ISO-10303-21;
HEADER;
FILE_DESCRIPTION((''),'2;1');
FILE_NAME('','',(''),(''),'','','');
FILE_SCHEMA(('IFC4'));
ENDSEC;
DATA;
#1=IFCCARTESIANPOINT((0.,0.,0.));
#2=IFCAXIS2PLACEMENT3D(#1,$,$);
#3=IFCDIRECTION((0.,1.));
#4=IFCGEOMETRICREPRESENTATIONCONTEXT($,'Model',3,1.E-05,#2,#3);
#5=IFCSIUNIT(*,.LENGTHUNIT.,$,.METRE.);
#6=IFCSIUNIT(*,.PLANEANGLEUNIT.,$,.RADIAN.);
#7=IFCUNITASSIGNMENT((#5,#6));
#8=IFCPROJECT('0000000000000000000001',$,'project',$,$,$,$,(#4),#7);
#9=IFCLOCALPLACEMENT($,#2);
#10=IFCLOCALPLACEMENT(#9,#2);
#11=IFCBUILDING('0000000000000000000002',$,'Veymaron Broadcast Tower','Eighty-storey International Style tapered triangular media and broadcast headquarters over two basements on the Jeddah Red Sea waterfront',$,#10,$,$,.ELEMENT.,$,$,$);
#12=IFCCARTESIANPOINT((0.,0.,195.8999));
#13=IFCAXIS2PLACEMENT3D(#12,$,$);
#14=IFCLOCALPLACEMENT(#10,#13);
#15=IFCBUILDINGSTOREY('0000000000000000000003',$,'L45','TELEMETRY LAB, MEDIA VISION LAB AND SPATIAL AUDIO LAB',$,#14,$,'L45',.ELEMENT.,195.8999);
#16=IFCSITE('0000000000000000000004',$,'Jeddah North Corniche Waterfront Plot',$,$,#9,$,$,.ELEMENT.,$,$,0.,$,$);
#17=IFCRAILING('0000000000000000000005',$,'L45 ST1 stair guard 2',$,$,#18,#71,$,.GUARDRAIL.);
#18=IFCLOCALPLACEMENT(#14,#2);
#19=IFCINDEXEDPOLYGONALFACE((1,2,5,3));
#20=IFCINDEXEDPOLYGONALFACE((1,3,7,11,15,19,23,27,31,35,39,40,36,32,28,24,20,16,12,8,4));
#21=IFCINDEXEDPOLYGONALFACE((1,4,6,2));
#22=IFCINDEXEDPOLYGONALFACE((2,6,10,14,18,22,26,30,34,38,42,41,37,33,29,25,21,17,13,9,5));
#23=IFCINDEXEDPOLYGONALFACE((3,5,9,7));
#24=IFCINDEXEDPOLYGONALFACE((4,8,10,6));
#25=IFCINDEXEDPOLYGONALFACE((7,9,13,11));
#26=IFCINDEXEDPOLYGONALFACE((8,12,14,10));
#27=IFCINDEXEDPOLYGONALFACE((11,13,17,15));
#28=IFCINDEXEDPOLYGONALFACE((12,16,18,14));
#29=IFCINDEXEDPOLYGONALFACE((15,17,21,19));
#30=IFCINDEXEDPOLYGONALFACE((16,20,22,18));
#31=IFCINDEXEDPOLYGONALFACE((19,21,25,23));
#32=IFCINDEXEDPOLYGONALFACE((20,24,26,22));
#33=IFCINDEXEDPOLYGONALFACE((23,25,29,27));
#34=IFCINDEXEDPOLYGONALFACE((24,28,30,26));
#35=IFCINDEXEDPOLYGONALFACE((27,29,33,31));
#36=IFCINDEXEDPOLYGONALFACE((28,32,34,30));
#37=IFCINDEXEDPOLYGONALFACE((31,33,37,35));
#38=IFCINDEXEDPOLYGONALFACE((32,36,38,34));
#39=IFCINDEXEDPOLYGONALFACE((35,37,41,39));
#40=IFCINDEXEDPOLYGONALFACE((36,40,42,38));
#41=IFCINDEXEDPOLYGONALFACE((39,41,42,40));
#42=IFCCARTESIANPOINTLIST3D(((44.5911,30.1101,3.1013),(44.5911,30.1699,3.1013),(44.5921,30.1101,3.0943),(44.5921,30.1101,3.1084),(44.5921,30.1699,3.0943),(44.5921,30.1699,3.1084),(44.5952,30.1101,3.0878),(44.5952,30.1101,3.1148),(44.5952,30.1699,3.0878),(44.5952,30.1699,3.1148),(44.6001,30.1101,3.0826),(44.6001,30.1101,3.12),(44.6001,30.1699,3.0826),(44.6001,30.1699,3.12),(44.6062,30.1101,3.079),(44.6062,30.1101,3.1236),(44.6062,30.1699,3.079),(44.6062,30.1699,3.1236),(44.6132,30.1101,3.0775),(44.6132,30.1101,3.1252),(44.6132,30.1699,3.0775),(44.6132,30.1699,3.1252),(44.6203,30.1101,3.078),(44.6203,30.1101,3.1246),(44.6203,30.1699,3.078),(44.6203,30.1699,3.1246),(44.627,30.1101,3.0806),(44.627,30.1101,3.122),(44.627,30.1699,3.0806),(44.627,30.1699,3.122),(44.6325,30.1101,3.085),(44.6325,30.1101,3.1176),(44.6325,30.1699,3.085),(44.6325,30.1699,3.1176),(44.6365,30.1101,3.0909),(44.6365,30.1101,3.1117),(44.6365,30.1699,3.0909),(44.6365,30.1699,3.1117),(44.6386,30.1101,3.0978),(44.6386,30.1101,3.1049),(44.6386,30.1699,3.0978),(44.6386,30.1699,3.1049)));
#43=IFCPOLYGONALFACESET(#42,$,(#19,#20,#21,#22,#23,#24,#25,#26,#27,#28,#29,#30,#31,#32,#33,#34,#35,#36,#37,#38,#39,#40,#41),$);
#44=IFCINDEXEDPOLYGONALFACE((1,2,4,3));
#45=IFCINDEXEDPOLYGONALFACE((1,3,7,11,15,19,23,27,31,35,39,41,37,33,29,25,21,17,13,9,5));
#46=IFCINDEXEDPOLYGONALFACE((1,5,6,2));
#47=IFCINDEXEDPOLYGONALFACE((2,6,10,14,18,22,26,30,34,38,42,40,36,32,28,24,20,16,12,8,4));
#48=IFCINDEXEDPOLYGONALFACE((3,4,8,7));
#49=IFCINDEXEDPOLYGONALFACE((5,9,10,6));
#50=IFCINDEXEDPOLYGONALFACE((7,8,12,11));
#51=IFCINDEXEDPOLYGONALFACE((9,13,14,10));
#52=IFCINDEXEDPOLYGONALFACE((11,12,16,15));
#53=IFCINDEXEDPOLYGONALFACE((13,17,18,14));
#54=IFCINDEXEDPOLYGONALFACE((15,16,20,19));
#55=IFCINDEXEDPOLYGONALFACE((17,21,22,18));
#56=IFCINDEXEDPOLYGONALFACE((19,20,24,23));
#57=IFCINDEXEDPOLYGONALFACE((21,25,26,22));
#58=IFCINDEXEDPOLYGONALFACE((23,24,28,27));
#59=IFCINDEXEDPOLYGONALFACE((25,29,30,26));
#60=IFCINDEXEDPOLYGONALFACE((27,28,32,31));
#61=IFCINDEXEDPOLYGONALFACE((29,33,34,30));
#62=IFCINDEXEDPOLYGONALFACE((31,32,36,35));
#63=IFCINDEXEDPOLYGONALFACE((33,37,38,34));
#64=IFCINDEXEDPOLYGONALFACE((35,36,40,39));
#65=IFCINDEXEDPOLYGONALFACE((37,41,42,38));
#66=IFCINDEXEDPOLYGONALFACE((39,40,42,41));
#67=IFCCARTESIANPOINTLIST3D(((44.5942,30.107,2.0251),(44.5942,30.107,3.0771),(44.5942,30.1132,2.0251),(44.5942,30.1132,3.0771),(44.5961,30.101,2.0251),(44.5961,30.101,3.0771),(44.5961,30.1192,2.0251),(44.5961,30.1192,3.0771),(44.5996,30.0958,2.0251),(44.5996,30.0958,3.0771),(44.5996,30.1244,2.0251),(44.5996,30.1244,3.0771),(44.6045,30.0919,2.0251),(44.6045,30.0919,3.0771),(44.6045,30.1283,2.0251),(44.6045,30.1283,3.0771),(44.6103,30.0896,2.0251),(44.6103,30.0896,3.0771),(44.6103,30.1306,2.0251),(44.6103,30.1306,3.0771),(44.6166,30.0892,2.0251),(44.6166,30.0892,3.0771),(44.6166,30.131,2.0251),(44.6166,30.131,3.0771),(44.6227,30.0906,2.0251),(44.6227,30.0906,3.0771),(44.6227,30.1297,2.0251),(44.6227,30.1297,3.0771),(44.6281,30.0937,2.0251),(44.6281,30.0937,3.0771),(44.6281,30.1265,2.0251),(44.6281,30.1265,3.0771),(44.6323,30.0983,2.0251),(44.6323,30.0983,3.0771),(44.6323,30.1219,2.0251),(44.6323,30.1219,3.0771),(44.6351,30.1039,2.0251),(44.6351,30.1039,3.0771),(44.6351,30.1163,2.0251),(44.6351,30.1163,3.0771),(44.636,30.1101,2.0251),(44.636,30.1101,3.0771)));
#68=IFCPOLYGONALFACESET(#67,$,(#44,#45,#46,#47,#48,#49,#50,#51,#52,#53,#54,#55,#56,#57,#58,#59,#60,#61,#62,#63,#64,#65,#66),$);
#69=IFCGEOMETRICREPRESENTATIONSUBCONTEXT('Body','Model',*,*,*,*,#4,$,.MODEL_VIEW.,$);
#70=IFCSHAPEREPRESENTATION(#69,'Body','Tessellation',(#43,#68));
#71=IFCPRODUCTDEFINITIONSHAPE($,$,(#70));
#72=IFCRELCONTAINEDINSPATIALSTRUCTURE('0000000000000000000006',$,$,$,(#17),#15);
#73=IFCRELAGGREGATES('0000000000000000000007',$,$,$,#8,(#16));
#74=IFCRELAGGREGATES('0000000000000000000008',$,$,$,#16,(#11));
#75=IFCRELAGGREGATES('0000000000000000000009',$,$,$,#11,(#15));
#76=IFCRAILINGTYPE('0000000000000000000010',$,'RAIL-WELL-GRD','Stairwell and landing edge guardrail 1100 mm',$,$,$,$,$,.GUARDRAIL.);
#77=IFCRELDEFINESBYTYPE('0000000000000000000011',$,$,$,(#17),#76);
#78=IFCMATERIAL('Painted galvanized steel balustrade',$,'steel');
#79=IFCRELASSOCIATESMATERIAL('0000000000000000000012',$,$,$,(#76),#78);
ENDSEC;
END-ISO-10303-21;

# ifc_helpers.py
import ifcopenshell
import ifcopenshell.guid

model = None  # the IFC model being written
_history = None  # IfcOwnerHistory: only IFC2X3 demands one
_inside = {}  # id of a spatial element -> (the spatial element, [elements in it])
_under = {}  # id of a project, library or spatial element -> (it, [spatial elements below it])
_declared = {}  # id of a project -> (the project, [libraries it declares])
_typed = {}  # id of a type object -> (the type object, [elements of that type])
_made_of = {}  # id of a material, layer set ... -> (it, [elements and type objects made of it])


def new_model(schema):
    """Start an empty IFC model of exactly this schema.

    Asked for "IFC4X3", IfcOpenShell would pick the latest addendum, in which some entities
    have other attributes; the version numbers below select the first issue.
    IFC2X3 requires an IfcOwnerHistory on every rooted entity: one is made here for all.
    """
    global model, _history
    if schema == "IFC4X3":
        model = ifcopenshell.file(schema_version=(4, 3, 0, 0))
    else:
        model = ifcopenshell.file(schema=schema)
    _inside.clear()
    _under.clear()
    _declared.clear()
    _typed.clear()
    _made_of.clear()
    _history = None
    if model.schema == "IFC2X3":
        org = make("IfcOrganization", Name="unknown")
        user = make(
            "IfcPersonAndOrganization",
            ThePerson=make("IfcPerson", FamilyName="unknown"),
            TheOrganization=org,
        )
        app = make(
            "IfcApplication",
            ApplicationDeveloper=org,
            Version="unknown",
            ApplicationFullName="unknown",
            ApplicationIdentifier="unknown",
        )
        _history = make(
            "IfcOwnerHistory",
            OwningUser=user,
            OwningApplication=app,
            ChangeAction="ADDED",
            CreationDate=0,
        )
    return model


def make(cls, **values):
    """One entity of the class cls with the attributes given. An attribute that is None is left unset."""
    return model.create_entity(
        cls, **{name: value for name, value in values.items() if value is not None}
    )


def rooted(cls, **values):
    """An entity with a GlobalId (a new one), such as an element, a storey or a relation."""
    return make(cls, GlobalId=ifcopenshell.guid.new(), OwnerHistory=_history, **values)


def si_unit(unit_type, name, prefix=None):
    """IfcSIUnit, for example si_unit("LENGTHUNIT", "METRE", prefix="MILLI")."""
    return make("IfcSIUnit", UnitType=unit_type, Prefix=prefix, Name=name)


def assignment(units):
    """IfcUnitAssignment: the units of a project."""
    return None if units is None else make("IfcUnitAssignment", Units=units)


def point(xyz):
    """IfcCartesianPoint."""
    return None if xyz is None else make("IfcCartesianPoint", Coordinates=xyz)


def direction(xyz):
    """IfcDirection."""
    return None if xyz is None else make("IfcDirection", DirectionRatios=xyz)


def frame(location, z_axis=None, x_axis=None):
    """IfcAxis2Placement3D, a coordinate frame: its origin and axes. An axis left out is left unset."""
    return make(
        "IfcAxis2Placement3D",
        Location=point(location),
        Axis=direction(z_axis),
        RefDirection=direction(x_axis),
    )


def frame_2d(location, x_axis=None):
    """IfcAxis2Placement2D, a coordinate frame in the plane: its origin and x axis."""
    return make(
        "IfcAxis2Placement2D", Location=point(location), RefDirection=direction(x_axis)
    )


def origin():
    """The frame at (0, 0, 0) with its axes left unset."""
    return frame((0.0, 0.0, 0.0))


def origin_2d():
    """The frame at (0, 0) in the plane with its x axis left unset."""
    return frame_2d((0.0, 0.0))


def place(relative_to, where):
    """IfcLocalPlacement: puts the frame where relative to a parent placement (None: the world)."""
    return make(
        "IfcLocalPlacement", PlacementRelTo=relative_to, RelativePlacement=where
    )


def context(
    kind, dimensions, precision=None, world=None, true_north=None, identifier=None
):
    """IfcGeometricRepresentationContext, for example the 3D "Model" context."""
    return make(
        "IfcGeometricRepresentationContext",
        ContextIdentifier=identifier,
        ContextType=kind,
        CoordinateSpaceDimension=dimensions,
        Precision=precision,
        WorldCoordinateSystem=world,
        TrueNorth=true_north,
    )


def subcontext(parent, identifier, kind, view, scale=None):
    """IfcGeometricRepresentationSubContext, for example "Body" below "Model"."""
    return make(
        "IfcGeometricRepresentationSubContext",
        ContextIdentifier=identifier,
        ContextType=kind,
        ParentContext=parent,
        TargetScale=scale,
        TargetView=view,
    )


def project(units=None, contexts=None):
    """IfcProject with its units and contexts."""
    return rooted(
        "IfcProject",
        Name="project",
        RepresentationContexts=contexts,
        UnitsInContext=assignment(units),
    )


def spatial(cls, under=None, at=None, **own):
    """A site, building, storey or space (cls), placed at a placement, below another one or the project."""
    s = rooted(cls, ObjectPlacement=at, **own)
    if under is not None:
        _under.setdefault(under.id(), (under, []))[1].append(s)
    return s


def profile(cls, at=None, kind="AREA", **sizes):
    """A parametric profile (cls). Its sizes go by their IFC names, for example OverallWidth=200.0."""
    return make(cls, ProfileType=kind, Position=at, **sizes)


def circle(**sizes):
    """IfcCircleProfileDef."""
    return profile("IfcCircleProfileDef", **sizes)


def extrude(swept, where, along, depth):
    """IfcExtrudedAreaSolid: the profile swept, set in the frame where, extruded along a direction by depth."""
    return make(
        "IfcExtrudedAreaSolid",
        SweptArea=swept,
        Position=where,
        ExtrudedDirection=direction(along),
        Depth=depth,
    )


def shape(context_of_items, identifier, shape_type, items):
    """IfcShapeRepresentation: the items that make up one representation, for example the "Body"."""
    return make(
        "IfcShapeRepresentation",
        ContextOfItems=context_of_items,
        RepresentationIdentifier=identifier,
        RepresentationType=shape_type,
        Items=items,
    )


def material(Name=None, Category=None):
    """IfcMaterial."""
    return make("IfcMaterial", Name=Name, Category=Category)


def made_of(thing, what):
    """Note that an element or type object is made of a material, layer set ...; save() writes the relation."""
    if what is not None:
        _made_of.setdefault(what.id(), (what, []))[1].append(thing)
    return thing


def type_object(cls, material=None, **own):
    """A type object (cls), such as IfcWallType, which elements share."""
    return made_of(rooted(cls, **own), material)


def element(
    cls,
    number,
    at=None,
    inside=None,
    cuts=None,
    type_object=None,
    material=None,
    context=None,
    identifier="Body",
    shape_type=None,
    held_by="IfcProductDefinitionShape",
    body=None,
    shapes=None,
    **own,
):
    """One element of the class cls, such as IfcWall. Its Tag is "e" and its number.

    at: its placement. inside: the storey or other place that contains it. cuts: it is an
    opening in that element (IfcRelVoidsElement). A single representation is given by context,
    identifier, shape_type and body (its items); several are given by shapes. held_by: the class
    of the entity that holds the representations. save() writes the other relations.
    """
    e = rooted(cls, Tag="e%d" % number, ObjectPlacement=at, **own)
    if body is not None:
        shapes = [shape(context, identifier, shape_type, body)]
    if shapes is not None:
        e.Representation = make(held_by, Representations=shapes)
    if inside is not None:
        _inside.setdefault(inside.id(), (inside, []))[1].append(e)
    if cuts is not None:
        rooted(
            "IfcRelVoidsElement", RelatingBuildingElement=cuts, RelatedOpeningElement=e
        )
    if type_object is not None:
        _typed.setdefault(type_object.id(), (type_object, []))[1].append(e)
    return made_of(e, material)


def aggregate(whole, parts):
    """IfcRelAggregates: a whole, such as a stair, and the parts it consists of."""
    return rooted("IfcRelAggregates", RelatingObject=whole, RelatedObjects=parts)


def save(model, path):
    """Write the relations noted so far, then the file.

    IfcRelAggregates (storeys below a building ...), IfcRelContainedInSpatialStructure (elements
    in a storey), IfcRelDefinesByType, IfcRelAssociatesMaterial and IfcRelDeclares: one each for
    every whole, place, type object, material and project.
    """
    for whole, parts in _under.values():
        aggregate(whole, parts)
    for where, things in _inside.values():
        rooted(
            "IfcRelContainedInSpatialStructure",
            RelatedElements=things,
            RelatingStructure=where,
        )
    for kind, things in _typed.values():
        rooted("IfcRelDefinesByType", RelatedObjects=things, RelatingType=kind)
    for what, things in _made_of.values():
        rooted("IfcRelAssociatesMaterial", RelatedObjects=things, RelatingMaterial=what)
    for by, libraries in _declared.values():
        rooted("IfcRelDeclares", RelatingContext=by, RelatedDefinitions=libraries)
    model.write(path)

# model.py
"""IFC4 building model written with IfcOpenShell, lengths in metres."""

from ifc_helpers import new_model, si_unit, direction, frame, origin, origin_2d, place, context, subcontext, project, spatial, circle, extrude, material, type_object, element, save


model = new_model("IFC4")

# Units and contexts
model_context = context("Model", 3, precision=1e-05, world=origin(), true_north=direction((0.0, 1.0)))
body_context = subcontext(model_context, "Body", "Model", "MODEL_VIEW")
ifc_project = project(units=[si_unit("LENGTHUNIT", "METRE"), si_unit("PLANEANGLEUNIT", "RADIAN")], contexts=[model_context])

# Site, building, storey
site_placement = place(None, origin())
site = spatial("IfcSite", under=ifc_project, at=site_placement, Name="Jeddah North Corniche Waterfront Plot", CompositionType="ELEMENT", RefElevation=0.0)
building_placement = place(site_placement, origin())
building = spatial("IfcBuilding", under=site, at=building_placement, Name="Veymaron Broadcast Tower", Description="Eighty-storey International Style tapered triangular media and broadcast headquarters over two basements on the Jeddah Red Sea waterfront", CompositionType="ELEMENT")
storey_placement = place(building_placement, frame((0.0, 0.0, 195.8999)))
storey = spatial("IfcBuildingStorey", under=building, at=storey_placement, Name="L45", Description="TELEMETRY LAB, MEDIA VISION LAB AND SPATIAL AUDIO LAB", LongName="L45", CompositionType="ELEMENT", Elevation=195.8999)

# Railing
ifc_material_1 = material(Name="Painted galvanized steel balustrade", Category="steel")
railing_type_1 = type_object("IfcRailingType", Name="RAIL-WELL-GRD", Description="Stairwell and landing edge guardrail 1100 mm", PredefinedType="GUARDRAIL", material=ifc_material_1)
railing_1_placement = place(storey_placement, frame((44.615, 30.1101, 2.0251)))
element("IfcRailing", 1, at=railing_1_placement, inside=storey, type_object=railing_type_1, Name="L45 ST1 stair guard 2", PredefinedType="GUARDRAIL", context=body_context, shape_type="SweptSolid", body=[
    extrude(circle(Radius=0.0239, at=origin_2d()), frame((0.0, 0.0, 1.0762), z_axis=(0.0, 1.0, 0.0), x_axis=(-1.0, 0.0, 0.0)), (0.0, 0.0, 1.0), 0.0598),
    extrude(circle(Radius=0.021, at=origin_2d()), origin(), (0.0, 0.0, 1.0), 1.052),
])

save(model, "model.ifc")
